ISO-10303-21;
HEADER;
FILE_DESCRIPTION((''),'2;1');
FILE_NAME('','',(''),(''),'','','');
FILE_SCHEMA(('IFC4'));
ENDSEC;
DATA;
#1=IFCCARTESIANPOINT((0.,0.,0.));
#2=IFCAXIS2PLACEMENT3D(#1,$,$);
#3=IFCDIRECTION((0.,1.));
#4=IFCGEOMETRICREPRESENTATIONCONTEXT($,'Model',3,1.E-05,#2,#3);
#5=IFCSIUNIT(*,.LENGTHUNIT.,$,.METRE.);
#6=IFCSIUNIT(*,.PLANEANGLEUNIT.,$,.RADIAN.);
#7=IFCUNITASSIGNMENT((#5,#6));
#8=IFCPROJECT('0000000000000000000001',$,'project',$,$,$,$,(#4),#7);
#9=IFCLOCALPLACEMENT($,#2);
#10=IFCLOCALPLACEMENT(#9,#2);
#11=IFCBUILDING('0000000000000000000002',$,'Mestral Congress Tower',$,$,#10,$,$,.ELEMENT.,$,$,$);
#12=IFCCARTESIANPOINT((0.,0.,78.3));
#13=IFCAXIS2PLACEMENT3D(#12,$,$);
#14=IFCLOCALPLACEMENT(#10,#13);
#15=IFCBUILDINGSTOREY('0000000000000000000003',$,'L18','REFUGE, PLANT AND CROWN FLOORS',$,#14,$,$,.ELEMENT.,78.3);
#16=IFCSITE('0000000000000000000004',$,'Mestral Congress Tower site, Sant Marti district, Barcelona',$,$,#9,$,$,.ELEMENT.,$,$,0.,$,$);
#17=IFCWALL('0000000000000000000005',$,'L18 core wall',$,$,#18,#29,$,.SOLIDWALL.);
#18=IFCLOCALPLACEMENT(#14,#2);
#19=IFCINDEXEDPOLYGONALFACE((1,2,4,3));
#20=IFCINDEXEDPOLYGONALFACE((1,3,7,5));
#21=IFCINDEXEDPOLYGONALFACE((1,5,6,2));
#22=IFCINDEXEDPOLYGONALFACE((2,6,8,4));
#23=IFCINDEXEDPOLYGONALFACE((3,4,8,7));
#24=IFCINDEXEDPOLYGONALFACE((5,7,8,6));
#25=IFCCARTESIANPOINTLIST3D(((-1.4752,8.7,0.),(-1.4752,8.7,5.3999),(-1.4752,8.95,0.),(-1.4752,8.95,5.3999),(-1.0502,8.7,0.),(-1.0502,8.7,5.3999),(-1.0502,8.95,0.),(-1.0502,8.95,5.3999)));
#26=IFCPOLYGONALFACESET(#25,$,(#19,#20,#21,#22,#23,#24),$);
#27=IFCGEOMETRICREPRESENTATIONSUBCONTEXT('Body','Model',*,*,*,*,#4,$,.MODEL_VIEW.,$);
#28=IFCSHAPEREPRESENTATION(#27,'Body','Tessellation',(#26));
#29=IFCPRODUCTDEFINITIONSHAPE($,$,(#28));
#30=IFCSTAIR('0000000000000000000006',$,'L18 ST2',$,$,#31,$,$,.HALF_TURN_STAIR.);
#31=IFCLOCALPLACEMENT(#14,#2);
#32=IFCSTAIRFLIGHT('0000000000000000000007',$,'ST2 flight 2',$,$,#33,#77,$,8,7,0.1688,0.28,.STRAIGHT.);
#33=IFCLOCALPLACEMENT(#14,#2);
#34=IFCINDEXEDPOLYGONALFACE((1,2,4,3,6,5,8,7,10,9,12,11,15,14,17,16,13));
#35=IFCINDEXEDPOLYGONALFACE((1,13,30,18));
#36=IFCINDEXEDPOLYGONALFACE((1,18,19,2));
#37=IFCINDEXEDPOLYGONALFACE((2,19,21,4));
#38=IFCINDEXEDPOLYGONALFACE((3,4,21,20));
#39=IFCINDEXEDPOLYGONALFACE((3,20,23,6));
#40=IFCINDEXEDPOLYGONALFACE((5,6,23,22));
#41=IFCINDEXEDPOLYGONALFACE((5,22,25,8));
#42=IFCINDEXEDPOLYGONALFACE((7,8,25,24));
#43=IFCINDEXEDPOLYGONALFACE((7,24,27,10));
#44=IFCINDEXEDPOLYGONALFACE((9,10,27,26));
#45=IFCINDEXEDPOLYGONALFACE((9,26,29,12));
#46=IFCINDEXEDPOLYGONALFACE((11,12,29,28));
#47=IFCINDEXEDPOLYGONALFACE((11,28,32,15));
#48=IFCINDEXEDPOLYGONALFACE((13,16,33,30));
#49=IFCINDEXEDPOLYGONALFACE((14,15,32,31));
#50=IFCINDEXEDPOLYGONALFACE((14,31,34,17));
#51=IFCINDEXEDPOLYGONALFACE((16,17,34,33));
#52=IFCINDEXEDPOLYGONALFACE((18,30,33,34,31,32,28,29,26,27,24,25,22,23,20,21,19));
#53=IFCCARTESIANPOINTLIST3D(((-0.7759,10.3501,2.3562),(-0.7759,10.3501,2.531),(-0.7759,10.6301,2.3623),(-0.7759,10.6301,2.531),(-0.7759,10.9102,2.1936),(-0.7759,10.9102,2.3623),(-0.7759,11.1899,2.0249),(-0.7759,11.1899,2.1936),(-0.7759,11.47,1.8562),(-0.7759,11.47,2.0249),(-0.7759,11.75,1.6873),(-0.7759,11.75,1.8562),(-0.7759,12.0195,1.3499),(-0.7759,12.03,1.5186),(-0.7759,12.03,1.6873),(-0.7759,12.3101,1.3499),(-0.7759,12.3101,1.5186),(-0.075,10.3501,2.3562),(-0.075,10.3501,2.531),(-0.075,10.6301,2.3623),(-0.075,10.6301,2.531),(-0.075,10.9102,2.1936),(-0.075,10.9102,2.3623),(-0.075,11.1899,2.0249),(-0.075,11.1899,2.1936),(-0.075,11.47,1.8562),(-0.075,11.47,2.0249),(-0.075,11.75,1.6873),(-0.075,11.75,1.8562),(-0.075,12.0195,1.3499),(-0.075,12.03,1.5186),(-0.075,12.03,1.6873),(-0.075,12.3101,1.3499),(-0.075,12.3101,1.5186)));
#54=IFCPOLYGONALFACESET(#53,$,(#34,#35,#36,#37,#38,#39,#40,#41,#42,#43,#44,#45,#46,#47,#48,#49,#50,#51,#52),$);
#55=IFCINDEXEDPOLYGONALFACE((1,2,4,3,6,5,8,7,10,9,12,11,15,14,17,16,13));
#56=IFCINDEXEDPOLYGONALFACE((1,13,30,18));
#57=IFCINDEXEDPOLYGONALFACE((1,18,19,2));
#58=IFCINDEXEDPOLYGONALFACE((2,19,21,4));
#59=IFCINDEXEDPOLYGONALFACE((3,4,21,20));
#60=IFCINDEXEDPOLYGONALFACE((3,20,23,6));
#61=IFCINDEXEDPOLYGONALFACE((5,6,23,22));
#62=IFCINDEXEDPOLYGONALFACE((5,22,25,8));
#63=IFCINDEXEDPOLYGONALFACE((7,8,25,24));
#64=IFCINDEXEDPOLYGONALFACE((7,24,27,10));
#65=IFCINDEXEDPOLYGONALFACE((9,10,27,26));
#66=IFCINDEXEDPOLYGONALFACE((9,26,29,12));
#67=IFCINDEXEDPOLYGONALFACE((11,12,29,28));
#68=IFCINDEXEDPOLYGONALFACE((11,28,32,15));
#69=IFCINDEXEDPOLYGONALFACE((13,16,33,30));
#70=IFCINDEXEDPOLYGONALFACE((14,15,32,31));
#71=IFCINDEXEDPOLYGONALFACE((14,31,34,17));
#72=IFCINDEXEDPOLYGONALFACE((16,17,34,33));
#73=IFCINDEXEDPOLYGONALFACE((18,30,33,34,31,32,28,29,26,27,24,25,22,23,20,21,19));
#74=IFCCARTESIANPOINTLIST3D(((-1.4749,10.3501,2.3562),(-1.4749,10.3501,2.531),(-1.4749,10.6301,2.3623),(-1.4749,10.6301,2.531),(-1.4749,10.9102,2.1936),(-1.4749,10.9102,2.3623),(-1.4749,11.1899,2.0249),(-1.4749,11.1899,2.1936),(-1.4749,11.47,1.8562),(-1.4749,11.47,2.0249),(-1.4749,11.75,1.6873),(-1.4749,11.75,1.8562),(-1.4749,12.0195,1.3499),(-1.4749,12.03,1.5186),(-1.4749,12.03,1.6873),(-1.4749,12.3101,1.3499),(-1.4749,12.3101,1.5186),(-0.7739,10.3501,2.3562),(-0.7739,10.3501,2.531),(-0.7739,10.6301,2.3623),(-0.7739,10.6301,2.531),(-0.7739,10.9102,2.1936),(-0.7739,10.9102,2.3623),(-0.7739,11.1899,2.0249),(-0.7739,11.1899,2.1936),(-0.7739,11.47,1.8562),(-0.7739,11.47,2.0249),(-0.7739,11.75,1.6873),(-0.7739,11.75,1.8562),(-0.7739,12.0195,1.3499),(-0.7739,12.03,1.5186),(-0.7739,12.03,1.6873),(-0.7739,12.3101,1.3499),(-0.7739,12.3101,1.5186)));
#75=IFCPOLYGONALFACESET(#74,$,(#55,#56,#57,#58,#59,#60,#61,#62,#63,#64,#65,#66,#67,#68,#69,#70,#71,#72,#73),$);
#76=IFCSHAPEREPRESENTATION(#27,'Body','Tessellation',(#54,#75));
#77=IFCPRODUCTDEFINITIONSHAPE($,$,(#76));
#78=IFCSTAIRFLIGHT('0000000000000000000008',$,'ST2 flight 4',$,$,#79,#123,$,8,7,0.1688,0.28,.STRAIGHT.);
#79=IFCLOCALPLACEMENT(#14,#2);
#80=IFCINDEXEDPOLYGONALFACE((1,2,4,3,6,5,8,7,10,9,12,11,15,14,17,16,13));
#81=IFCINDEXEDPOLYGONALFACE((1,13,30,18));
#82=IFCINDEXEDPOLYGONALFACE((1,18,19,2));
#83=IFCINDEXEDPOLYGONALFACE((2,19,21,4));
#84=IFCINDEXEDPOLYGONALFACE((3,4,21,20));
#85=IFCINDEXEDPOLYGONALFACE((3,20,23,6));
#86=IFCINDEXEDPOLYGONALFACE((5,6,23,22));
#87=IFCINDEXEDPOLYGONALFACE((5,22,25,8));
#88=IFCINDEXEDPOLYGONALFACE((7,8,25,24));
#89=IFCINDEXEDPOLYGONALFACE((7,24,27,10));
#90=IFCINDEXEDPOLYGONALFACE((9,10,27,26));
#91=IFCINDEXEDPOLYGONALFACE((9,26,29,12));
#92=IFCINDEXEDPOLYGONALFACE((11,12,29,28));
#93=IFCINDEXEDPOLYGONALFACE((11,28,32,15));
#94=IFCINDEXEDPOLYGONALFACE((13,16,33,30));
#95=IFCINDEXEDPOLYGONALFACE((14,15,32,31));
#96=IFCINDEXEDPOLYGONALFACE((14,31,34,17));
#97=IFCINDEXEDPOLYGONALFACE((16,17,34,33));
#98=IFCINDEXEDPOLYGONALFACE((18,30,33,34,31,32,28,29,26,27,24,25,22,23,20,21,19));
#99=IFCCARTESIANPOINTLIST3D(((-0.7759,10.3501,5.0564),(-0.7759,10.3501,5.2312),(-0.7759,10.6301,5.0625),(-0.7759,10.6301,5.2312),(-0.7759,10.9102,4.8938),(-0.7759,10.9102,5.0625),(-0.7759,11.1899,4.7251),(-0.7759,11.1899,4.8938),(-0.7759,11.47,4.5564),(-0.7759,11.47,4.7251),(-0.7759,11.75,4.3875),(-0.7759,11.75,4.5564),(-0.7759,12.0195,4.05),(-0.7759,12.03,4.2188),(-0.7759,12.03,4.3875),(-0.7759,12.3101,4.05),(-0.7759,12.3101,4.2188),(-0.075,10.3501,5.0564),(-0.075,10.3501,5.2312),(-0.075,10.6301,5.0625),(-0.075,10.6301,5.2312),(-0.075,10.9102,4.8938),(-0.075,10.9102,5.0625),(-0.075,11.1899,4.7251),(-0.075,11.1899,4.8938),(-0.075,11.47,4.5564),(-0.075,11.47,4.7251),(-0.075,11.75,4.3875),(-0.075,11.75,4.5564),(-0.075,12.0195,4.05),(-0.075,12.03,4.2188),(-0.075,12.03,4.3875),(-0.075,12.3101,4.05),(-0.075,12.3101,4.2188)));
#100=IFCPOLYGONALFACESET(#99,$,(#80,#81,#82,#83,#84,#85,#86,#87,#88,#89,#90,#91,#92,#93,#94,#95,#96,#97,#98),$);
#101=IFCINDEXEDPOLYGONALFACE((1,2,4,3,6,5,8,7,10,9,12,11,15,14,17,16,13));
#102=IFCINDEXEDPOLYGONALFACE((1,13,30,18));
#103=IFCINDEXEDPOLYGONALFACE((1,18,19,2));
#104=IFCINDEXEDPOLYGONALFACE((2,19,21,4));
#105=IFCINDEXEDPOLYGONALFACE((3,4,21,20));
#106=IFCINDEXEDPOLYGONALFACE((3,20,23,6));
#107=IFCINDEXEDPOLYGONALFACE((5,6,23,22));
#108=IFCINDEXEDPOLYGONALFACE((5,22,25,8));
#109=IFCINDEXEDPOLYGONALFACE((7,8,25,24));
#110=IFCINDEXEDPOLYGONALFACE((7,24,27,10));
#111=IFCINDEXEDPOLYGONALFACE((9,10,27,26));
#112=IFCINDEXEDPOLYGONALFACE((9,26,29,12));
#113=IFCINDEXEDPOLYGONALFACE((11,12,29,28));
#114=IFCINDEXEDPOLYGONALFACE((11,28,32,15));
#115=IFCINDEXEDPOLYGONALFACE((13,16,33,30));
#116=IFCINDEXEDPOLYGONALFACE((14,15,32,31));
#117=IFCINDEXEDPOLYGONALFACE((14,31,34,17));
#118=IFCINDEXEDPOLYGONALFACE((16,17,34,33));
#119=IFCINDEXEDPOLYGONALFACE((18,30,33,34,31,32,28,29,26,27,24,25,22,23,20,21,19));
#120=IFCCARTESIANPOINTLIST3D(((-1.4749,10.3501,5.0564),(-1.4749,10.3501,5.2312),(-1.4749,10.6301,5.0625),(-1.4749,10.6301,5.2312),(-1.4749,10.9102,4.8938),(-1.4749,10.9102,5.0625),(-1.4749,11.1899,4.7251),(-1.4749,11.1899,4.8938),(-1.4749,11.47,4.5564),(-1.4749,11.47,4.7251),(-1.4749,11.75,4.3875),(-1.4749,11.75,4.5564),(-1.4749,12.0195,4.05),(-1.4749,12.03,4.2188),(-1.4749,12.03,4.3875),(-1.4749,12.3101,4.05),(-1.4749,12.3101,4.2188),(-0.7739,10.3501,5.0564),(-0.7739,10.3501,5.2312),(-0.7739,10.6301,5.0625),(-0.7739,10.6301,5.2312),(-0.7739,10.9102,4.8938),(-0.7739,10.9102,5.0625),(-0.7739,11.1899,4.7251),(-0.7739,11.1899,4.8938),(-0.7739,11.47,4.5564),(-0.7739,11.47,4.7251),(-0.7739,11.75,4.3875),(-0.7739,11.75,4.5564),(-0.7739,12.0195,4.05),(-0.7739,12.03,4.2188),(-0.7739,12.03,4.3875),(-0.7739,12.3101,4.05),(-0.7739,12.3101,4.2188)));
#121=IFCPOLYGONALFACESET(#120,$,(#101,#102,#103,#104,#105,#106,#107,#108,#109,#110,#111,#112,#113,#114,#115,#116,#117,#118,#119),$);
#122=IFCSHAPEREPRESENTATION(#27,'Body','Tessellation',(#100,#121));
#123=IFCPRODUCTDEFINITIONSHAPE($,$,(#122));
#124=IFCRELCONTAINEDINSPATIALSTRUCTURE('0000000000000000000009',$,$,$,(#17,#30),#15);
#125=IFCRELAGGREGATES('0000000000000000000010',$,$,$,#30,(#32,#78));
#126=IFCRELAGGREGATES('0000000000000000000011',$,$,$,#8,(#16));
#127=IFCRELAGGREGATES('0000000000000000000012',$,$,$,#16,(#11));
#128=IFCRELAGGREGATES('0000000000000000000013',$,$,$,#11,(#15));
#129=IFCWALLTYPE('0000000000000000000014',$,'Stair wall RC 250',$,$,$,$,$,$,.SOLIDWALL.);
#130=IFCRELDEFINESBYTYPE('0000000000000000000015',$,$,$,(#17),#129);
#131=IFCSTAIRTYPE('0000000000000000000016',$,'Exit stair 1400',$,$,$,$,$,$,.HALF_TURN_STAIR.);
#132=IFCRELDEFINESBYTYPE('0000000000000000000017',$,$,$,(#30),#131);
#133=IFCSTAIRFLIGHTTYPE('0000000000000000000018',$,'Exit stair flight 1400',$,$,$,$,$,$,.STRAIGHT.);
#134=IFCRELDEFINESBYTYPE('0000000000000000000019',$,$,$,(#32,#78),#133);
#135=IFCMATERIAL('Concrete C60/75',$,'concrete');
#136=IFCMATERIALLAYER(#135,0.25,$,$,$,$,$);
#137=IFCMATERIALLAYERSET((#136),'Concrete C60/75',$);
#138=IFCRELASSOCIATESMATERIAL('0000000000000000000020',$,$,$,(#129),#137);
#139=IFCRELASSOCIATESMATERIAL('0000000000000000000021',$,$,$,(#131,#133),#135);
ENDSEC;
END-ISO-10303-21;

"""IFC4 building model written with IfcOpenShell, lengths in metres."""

from ifc_helpers import new_model, si_unit, direction, frame, frame_2d, origin, place, context, subcontext, project, spatial, polyline, rectangle, outline, extrude, material, layer, layer_set, type_object, element, aggregate, save


model = new_model("IFC4")

# Units and contexts
model_context = context("Model", 3, precision=1e-05, world=origin(), true_north=direction((0.0, 1.0)))
body_context = subcontext(model_context, "Body", "Model", "MODEL_VIEW")
ifc_project = project(units=[si_unit("LENGTHUNIT", "METRE"), si_unit("PLANEANGLEUNIT", "RADIAN")], contexts=[model_context])

# Site, building, storey
site_placement = place(None, origin())
site = spatial("IfcSite", under=ifc_project, at=site_placement, Name="Mestral Congress Tower site, Sant Marti district, Barcelona", CompositionType="ELEMENT", RefElevation=0.0)
building_placement = place(site_placement, origin())
building = spatial("IfcBuilding", under=site, at=building_placement, Name="Mestral Congress Tower", CompositionType="ELEMENT")
storey_placement = place(building_placement, frame((0.0, 0.0, 78.3)))
storey = spatial("IfcBuildingStorey", under=building, at=storey_placement, Name="L18", Description="REFUGE, PLANT AND CROWN FLOORS", CompositionType="ELEMENT", Elevation=78.3)

# Shared definitions
ifc_material_1 = material(Name="Concrete C60/75", Category="concrete")

# Wall
ifc_layer_1 = layer(ifc_material_1, 0.25)
ifc_layer_set_1 = layer_set([ifc_layer_1], Name="Concrete C60/75")
wall_type_1 = type_object("IfcWallType", Name="Stair wall RC 250", PredefinedType="SOLIDWALL", material=ifc_layer_set_1)
wall_1_placement = place(storey_placement, frame((-1.4751, 8.825, 0.0), z_axis=(0.0, 0.0, 1.0), x_axis=(1.0, 0.0, 0.0)))
element("IfcWall", 1, at=wall_1_placement, inside=storey, type_object=wall_type_1, Name="L18 core wall", PredefinedType="SOLIDWALL", context=body_context, shape_type="SweptSolid", body=[
    extrude(rectangle(XDim=0.425, YDim=0.25, at=frame_2d((0.2124, 0.0))), origin(), (0.0, 0.0, 1.0), 5.3999),
])

# Stair, stair flights
stair_type = type_object("IfcStairType", Name="Exit stair 1400", PredefinedType="HALF_TURN_STAIR", material=ifc_material_1)
stair_placement = place(storey_placement, origin())
stair = element("IfcStair", 2, at=stair_placement, inside=storey, type_object=stair_type, Name="L18 ST2", PredefinedType="HALF_TURN_STAIR")
stair_flight_type = type_object("IfcStairFlightType", Name="Exit stair flight 1400", PredefinedType="STRAIGHT", material=ifc_material_1)
stair_flight_1_placement = place(storey_placement, frame((-0.7749, 12.3101, 1.3499), z_axis=(0.0, 0.0, 1.0), x_axis=(0.0, -1.0, 0.0)))
stair_flight_1 = element("IfcStairFlight", 3, at=stair_flight_1_placement, type_object=stair_flight_type, Name="ST2 flight 2", NumberOfRisers=8, NumberOfTreads=7, PredefinedType="STRAIGHT", RiserHeight=0.1688, TreadLength=0.28, context=body_context, shape_type="SweptSolid", body=[
    extrude(outline(polyline([(0.0, 0.0), (0.0, 0.1687), (0.28, 0.1687), (0.28, 0.3374), (0.5601, 0.3374), (0.5601, 0.5063), (0.8401, 0.5063), (0.8401, 0.675), (1.1201, 0.675), (1.1201, 0.8438), (1.3999, 0.8438), (1.3999, 1.0125), (1.6799, 1.0125), (1.6799, 1.1812), (1.96, 1.1812), (1.96, 1.3501), (1.96, 1.0063), (0.2905, 0.0), (0.0, 0.0)])), frame((0.0, 0.7, 0.0), z_axis=(0.0, -1.0, 0.0), x_axis=(1.0, 0.0, 0.0)), (0.0, 0.0, 1.0), 0.7009),
    extrude(outline(polyline([(0.0, 0.0), (0.0, 0.1687), (0.28, 0.1687), (0.28, 0.3374), (0.5601, 0.3374), (0.5601, 0.5063), (0.8401, 0.5063), (0.8401, 0.675), (1.1201, 0.675), (1.1201, 0.8438), (1.3999, 0.8438), (1.3999, 1.0125), (1.6799, 1.0125), (1.6799, 1.1812), (1.96, 1.1812), (1.96, 1.3501), (1.96, 1.0063), (0.2905, 0.0), (0.0, 0.0)])), frame((0.0, 0.001, 0.0), z_axis=(0.0, -1.0, 0.0), x_axis=(1.0, 0.0, 0.0)), (0.0, 0.0, 1.0), 0.7009),
])
stair_flight_2_placement = place(storey_placement, frame((-0.7749, 12.3101, 4.05), z_axis=(0.0, 0.0, 1.0), x_axis=(0.0, -1.0, 0.0)))
stair_flight_2 = element("IfcStairFlight", 4, at=stair_flight_2_placement, type_object=stair_flight_type, Name="ST2 flight 4", NumberOfRisers=8, NumberOfTreads=7, PredefinedType="STRAIGHT", RiserHeight=0.1688, TreadLength=0.28, context=body_context, shape_type="SweptSolid", body=[
    extrude(outline(polyline([(0.0, 0.0), (0.0, 0.1687), (0.28, 0.1687), (0.28, 0.3374), (0.5601, 0.3374), (0.5601, 0.5063), (0.8401, 0.5063), (0.8401, 0.675), (1.1201, 0.675), (1.1201, 0.8438), (1.3999, 0.8438), (1.3999, 1.0125), (1.6799, 1.0125), (1.6799, 1.1812), (1.96, 1.1812), (1.96, 1.3501), (1.96, 1.0063), (0.2905, 0.0), (0.0, 0.0)])), frame((0.0, 0.7, 0.0), z_axis=(0.0, -1.0, 0.0), x_axis=(1.0, 0.0, 0.0)), (0.0, 0.0, 1.0), 0.7009),
    extrude(outline(polyline([(0.0, 0.0), (0.0, 0.1687), (0.28, 0.1687), (0.28, 0.3374), (0.5601, 0.3374), (0.5601, 0.5063), (0.8401, 0.5063), (0.8401, 0.675), (1.1201, 0.675), (1.1201, 0.8438), (1.3999, 0.8438), (1.3999, 1.0125), (1.6799, 1.0125), (1.6799, 1.1812), (1.96, 1.1812), (1.96, 1.3501), (1.96, 1.0063), (0.2905, 0.0), (0.0, 0.0)])), frame((0.0, 0.001, 0.0), z_axis=(0.0, -1.0, 0.0), x_axis=(1.0, 0.0, 0.0)), (0.0, 0.0, 1.0), 0.7009),
])
aggregate(stair, [stair_flight_1, stair_flight_2])

save(model, "model.ifc")
